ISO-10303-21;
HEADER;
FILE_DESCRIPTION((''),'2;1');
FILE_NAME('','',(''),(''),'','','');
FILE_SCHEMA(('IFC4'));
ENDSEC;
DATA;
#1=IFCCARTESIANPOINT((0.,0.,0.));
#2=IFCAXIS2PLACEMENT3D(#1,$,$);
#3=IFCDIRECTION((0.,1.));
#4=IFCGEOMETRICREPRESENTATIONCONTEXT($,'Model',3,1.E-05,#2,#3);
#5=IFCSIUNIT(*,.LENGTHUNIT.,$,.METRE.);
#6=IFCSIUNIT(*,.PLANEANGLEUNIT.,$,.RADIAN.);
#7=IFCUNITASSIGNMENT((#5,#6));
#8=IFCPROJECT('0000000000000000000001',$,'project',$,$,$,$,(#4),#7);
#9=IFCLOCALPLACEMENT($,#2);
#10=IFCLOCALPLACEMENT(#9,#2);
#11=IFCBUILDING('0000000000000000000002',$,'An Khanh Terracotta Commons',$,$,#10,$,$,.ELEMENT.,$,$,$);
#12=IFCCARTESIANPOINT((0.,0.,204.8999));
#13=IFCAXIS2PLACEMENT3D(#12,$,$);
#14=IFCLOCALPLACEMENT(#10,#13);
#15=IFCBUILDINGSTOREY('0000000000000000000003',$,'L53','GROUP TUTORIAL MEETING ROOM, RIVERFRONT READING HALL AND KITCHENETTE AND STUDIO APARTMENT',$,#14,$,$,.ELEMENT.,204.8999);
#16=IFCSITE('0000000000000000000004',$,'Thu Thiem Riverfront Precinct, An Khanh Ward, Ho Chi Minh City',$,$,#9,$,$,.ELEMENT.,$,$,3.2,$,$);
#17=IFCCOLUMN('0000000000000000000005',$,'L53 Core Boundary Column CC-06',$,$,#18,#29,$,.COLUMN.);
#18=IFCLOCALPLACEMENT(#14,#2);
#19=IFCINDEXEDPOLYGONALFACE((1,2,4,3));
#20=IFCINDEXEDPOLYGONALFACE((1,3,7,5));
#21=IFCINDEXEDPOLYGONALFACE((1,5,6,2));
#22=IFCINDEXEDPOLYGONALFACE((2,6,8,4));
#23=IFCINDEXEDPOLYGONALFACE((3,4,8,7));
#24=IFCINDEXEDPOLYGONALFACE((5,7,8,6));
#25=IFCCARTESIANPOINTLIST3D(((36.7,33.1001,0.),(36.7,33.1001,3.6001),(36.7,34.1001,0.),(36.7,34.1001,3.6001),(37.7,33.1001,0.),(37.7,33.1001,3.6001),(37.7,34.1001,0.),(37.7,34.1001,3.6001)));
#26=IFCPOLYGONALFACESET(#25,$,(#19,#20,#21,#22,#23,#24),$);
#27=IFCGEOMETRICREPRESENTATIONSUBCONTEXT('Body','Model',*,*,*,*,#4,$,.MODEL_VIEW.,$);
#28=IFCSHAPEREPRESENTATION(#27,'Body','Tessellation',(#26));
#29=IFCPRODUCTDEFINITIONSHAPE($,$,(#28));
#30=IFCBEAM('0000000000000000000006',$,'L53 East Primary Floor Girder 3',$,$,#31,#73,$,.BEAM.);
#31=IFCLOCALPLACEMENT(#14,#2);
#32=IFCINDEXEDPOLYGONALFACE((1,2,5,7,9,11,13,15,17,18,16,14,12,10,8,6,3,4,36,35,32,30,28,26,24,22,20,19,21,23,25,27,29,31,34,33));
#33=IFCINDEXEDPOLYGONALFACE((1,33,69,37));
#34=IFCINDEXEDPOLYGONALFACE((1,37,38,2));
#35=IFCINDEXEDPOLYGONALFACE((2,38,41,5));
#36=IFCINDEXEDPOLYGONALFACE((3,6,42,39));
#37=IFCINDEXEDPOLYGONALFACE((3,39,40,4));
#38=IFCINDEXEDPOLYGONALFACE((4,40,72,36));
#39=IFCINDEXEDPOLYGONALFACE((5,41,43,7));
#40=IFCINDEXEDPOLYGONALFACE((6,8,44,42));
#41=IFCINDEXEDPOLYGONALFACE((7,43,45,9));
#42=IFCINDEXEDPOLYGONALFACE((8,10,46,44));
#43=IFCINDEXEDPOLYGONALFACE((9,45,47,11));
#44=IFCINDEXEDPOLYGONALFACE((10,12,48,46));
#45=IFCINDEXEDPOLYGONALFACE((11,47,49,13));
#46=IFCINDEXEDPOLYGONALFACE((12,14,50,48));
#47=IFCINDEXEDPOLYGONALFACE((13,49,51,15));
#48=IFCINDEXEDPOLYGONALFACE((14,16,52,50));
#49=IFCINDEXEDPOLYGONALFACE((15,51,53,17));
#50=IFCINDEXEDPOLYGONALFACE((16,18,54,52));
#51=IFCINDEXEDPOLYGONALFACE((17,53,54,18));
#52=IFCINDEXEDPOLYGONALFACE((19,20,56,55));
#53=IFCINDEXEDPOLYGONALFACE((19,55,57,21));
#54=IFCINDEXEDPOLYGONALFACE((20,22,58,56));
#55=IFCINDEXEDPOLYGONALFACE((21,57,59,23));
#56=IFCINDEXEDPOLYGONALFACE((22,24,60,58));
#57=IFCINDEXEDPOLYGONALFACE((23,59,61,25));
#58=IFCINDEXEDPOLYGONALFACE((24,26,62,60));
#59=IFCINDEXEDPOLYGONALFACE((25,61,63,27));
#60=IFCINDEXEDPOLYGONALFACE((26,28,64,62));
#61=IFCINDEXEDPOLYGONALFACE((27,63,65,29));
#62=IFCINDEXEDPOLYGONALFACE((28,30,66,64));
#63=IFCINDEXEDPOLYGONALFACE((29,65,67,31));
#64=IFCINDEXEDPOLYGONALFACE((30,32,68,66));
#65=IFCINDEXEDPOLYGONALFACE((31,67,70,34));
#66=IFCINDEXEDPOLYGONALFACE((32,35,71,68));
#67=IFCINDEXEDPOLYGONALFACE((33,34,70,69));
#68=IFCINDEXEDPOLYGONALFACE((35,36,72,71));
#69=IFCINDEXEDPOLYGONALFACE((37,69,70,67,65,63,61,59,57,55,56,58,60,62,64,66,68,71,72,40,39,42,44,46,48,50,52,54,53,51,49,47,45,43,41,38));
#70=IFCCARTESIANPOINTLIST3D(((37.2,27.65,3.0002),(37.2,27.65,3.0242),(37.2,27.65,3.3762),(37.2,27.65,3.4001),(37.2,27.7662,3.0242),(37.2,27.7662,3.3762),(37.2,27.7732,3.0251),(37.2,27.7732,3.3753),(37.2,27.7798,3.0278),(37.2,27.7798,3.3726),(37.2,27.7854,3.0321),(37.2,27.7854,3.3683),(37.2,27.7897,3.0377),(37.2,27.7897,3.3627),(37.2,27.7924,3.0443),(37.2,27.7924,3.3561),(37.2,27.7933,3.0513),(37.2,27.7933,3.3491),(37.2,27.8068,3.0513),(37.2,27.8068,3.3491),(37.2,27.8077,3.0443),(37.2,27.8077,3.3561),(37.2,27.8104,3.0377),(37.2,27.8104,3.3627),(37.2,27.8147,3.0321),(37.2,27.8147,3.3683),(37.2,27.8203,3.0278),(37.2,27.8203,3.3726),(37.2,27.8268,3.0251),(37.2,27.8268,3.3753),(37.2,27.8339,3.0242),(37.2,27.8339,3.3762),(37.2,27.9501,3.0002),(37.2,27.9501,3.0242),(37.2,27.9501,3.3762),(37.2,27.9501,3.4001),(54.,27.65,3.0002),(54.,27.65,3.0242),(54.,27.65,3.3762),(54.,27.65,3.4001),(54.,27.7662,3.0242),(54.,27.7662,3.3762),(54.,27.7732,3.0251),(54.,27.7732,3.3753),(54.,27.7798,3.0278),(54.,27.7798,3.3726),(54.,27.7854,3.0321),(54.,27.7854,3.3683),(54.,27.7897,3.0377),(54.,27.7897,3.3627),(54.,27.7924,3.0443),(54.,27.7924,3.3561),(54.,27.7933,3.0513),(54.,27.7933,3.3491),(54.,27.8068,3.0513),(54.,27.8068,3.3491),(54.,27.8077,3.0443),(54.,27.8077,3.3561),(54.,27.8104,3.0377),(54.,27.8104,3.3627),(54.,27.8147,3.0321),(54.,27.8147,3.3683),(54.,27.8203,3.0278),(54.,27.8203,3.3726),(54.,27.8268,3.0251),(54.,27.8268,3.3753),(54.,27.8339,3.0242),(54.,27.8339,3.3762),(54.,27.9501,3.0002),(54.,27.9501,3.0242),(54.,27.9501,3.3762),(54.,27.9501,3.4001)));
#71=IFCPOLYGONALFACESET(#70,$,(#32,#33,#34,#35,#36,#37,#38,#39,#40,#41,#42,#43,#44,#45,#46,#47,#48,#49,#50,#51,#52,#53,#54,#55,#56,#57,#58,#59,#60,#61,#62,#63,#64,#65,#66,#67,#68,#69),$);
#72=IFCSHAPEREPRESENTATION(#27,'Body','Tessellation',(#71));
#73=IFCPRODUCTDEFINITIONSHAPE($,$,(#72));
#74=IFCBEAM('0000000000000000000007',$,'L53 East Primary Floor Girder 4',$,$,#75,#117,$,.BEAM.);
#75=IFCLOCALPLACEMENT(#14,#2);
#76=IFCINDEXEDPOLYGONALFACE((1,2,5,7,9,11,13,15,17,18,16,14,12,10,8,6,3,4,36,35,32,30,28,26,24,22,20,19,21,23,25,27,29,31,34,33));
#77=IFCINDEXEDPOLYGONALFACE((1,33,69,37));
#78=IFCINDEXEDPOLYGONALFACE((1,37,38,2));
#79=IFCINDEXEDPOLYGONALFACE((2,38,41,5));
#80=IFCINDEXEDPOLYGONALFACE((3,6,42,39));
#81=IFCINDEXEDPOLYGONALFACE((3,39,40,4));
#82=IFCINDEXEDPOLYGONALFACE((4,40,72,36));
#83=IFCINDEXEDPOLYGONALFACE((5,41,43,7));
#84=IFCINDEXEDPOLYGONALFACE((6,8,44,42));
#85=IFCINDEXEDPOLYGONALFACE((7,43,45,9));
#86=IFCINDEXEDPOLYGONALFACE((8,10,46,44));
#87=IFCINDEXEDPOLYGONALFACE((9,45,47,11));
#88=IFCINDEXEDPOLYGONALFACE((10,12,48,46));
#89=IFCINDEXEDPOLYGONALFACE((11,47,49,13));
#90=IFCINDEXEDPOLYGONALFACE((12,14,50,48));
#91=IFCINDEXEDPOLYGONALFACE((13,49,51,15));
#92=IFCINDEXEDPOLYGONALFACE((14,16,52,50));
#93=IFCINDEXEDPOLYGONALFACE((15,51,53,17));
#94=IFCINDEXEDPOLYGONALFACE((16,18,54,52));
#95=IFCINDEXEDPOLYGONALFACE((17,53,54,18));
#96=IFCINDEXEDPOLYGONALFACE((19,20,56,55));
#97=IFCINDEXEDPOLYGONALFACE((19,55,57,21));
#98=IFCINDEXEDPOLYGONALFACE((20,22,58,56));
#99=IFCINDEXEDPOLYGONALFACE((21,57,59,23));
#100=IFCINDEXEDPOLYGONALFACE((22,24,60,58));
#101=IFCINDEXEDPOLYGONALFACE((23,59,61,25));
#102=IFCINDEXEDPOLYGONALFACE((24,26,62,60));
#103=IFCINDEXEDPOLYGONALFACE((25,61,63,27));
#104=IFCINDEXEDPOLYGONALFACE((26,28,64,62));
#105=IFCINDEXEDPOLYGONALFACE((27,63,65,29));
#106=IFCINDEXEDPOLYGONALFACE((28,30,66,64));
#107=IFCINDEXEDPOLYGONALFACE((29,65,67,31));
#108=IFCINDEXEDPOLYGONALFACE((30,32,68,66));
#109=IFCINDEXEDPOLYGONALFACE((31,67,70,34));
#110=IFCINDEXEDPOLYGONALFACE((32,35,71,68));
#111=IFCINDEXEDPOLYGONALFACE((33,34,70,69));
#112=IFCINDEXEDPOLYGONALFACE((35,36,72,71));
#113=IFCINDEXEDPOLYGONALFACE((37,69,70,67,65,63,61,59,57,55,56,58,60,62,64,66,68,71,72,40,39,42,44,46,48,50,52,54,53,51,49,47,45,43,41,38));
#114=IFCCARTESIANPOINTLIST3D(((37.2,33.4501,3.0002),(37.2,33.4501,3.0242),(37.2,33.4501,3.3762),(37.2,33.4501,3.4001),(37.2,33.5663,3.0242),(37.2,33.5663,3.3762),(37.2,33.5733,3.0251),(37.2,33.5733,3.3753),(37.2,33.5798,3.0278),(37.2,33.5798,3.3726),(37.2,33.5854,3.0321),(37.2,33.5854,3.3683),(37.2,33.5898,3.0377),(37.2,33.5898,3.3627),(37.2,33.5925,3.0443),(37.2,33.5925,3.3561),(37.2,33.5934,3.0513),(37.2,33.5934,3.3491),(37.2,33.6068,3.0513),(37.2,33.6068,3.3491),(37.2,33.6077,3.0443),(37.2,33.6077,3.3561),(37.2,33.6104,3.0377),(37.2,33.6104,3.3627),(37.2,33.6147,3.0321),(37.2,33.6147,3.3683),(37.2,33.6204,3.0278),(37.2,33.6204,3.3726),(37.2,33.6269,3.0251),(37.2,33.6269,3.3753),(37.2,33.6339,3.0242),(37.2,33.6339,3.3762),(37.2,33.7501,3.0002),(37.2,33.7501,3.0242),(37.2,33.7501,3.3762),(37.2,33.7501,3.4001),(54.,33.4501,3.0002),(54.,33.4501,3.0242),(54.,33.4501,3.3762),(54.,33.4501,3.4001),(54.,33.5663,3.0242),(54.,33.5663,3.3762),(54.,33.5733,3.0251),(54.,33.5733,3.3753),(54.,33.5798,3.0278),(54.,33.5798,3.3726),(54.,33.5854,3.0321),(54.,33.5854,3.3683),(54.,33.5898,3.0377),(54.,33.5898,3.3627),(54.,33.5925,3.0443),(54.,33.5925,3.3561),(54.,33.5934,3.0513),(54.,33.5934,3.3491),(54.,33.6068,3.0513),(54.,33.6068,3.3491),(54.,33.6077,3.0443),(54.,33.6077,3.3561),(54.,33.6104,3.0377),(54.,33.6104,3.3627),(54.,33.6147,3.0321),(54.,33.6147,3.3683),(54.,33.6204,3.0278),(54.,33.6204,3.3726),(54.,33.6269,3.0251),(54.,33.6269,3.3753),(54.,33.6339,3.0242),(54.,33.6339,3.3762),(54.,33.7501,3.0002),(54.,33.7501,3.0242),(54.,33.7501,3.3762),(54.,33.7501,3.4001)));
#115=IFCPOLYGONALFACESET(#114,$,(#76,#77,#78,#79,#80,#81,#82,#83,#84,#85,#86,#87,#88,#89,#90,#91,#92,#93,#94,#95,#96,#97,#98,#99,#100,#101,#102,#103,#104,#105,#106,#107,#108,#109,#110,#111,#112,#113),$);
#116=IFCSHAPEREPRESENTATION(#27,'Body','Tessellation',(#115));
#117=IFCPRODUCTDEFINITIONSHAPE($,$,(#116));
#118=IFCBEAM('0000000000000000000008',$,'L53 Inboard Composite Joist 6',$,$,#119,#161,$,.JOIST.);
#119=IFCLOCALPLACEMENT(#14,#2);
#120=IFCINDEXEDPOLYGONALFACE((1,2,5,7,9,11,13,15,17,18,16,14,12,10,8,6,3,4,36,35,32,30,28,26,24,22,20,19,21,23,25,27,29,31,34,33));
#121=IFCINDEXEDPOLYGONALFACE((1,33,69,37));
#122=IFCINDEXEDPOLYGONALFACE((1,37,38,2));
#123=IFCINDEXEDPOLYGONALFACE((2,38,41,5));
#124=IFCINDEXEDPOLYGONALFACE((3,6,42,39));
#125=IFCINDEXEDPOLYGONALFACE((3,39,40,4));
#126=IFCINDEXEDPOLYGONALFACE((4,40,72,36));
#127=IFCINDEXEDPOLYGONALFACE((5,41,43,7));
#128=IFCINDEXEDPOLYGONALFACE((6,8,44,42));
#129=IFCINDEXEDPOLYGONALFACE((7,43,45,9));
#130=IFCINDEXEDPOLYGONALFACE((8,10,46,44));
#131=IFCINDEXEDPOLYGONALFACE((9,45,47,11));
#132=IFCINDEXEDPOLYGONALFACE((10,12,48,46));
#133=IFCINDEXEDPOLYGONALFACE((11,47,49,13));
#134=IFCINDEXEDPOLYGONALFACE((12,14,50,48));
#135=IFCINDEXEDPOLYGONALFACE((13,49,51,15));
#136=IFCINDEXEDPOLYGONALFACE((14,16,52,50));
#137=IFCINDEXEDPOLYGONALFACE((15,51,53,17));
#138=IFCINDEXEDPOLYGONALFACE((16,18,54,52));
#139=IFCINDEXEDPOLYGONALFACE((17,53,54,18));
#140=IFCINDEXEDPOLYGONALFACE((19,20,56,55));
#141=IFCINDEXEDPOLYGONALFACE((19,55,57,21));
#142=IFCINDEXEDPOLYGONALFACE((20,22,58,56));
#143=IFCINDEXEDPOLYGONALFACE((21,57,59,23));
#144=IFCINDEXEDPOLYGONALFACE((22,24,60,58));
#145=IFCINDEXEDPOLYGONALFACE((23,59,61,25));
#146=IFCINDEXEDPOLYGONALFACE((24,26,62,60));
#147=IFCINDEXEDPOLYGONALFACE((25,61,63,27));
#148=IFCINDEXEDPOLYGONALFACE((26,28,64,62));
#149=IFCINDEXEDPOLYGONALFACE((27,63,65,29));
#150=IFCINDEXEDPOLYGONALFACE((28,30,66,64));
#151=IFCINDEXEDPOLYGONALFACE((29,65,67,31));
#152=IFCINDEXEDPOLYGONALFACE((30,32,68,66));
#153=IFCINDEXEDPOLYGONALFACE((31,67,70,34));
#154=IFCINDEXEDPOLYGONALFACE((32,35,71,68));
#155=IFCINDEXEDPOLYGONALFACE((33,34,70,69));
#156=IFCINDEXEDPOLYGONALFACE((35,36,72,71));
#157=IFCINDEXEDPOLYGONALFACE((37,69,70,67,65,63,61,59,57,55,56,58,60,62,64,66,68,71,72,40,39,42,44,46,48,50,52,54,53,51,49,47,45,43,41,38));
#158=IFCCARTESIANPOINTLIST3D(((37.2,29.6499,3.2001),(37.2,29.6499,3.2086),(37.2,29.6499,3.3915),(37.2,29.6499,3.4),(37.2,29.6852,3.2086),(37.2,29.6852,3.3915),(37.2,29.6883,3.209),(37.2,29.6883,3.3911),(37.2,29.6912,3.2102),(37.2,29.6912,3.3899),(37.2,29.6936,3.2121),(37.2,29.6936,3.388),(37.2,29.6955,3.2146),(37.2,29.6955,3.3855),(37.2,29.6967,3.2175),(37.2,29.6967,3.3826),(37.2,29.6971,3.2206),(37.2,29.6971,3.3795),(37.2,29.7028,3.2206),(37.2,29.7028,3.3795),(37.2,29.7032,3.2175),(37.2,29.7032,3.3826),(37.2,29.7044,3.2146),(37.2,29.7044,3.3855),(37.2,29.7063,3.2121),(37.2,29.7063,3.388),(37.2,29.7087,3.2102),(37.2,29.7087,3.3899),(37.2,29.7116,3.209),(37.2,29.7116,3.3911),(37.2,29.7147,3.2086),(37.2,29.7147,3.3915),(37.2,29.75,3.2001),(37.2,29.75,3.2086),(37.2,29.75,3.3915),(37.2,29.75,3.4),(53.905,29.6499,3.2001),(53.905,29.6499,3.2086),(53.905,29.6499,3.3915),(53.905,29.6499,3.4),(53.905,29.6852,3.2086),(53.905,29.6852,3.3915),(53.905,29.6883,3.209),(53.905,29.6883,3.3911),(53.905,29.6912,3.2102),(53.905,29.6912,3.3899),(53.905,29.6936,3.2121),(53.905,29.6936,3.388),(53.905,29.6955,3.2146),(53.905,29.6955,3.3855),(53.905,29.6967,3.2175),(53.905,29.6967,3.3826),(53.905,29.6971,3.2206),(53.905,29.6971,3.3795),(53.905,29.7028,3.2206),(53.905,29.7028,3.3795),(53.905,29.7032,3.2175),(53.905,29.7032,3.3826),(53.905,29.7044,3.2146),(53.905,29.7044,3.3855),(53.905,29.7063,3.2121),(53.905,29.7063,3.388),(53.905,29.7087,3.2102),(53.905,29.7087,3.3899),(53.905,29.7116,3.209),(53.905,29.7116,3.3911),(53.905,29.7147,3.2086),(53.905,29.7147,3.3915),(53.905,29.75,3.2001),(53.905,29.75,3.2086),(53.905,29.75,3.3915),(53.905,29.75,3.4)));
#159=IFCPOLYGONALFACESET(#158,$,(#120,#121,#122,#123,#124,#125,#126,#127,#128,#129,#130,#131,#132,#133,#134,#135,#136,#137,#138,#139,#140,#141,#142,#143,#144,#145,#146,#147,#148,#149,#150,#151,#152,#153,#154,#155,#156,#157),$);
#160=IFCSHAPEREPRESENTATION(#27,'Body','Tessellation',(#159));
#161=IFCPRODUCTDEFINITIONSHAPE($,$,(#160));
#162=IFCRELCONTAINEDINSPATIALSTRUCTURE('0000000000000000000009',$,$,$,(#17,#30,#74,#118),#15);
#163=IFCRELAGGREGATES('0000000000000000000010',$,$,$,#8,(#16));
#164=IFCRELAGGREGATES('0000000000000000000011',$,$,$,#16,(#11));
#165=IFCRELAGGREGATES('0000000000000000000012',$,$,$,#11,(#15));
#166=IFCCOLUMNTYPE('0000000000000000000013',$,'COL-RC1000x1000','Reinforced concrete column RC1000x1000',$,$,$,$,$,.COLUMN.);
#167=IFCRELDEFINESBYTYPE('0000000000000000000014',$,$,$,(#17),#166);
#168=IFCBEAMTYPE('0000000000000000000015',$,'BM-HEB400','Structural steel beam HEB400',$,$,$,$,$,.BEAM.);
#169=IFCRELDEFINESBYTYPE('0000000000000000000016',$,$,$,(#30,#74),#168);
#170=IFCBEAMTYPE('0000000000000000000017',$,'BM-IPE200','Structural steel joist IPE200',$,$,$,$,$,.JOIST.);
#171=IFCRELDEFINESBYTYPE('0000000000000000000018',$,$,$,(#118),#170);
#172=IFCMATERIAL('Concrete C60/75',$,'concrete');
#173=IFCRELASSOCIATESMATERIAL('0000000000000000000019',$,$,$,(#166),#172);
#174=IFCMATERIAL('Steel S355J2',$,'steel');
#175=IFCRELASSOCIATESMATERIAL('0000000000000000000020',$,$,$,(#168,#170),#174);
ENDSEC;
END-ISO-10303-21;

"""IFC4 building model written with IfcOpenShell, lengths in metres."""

from ifc_helpers import new_model, si_unit, direction, frame, origin, origin_2d, place, context, subcontext, project, spatial, rectangle, i_section, extrude, material, material_profile, profile_set, type_object, element, save


model = new_model("IFC4")

# Units and contexts
model_context = context("Model", 3, precision=1e-05, world=origin(), true_north=direction((0.0, 1.0)))
body_context = subcontext(model_context, "Body", "Model", "MODEL_VIEW")
ifc_project = project(units=[si_unit("LENGTHUNIT", "METRE"), si_unit("PLANEANGLEUNIT", "RADIAN")], contexts=[model_context])

# Site, building, storey
site_placement = place(None, origin())
site = spatial("IfcSite", under=ifc_project, at=site_placement, Name="Thu Thiem Riverfront Precinct, An Khanh Ward, Ho Chi Minh City", CompositionType="ELEMENT", RefElevation=3.2)
building_placement = place(site_placement, origin())
building = spatial("IfcBuilding", under=site, at=building_placement, Name="An Khanh Terracotta Commons", CompositionType="ELEMENT")
storey_placement = place(building_placement, frame((0.0, 0.0, 204.8999)))
storey = spatial("IfcBuildingStorey", under=building, at=storey_placement, Name="L53", Description="GROUP TUTORIAL MEETING ROOM, RIVERFRONT READING HALL AND KITCHENETTE AND STUDIO APARTMENT", CompositionType="ELEMENT", Elevation=204.8999)

# Column
ifc_material_1 = material(Name="Concrete C60/75", Category="concrete")
ifc_material_profile_1 = material_profile(ifc_material_1, rectangle(XDim=1.0, YDim=1.0, at=origin_2d()), Name="RC1000x1000")
ifc_profile_set_1 = profile_set([ifc_material_profile_1], Name="Concrete C60/75")
column_type = type_object("IfcColumnType", Name="COL-RC1000x1000", Description="Reinforced concrete column RC1000x1000", PredefinedType="COLUMN", material=ifc_profile_set_1)
column_placement = place(storey_placement, frame((37.2, 33.6001, 0.0), z_axis=(0.0, 0.0, 1.0), x_axis=(1.0, 0.0, 0.0)))
element("IfcColumn", 1, at=column_placement, inside=storey, type_object=column_type, Name="L53 Core Boundary Column CC-06", PredefinedType="COLUMN", context=body_context, shape_type="SweptSolid", body=[
    extrude(rectangle(XDim=1.0, YDim=1.0, at=origin_2d()), origin(), (0.0, 0.0, 1.0), 3.6001),
])

# Beams
ifc_material_2 = material(Name="Steel S355J2", Category="steel")
ifc_material_profile_2 = material_profile(ifc_material_2, i_section(OverallWidth=0.3, OverallDepth=0.3999, WebThickness=0.0134, FlangeThickness=0.0239, FilletRadius=0.0271, at=origin_2d()), Name="HEB400")
ifc_profile_set_2 = profile_set([ifc_material_profile_2], Name="Steel S355J2")
beam_type_1 = type_object("IfcBeamType", Name="BM-HEB400", Description="Structural steel beam HEB400", PredefinedType="BEAM", material=ifc_profile_set_2)
for number, where, z_axis, x_axis, name in (
    (2, (37.2, 27.8, 3.2002), (1.0, 0.0, 0.0), (0.0, 1.0, 0.0), "L53 East Primary Floor Girder 3"),
    (3, (37.2, 33.6001, 3.2002), (1.0, 0.0, 0.0), (0.0, 1.0, 0.0), "L53 East Primary Floor Girder 4"),
):
    element("IfcBeam", number, at=place(storey_placement, frame(where, z_axis=z_axis, x_axis=x_axis)), inside=storey, type_object=beam_type_1, Name=name, PredefinedType="BEAM", context=body_context, shape_type="SweptSolid", body=[
        extrude(i_section(OverallWidth=0.3, OverallDepth=0.3999, WebThickness=0.0134, FlangeThickness=0.0239, FilletRadius=0.0271, at=origin_2d()), origin(), (0.0, 0.0, 1.0), 16.8),
    ])
ifc_material_profile_3 = material_profile(ifc_material_2, i_section(OverallWidth=0.1001, OverallDepth=0.2, WebThickness=0.0056, FlangeThickness=0.0085, FilletRadius=0.012, at=origin_2d()), Name="IPE200")
ifc_profile_set_3 = profile_set([ifc_material_profile_3], Name="Steel S355J2")
beam_type_2 = type_object("IfcBeamType", Name="BM-IPE200", Description="Structural steel joist IPE200", PredefinedType="JOIST", material=ifc_profile_set_3)
for number, where, z_axis, x_axis, name in (
    (4, (37.2, 29.7, 3.3), (1.0, 0.0, 0.0), (0.0, 1.0, 0.0), "L53 Inboard Composite Joist 6"),
):
    element("IfcBeam", number, at=place(storey_placement, frame(where, z_axis=z_axis, x_axis=x_axis)), inside=storey, type_object=beam_type_2, Name=name, PredefinedType="JOIST", context=body_context, shape_type="SweptSolid", body=[
        extrude(i_section(OverallWidth=0.1001, OverallDepth=0.2, WebThickness=0.0056, FlangeThickness=0.0085, FilletRadius=0.012, at=origin_2d()), origin(), (0.0, 0.0, 1.0), 16.7051),
    ])

save(model, "model.ifc")
